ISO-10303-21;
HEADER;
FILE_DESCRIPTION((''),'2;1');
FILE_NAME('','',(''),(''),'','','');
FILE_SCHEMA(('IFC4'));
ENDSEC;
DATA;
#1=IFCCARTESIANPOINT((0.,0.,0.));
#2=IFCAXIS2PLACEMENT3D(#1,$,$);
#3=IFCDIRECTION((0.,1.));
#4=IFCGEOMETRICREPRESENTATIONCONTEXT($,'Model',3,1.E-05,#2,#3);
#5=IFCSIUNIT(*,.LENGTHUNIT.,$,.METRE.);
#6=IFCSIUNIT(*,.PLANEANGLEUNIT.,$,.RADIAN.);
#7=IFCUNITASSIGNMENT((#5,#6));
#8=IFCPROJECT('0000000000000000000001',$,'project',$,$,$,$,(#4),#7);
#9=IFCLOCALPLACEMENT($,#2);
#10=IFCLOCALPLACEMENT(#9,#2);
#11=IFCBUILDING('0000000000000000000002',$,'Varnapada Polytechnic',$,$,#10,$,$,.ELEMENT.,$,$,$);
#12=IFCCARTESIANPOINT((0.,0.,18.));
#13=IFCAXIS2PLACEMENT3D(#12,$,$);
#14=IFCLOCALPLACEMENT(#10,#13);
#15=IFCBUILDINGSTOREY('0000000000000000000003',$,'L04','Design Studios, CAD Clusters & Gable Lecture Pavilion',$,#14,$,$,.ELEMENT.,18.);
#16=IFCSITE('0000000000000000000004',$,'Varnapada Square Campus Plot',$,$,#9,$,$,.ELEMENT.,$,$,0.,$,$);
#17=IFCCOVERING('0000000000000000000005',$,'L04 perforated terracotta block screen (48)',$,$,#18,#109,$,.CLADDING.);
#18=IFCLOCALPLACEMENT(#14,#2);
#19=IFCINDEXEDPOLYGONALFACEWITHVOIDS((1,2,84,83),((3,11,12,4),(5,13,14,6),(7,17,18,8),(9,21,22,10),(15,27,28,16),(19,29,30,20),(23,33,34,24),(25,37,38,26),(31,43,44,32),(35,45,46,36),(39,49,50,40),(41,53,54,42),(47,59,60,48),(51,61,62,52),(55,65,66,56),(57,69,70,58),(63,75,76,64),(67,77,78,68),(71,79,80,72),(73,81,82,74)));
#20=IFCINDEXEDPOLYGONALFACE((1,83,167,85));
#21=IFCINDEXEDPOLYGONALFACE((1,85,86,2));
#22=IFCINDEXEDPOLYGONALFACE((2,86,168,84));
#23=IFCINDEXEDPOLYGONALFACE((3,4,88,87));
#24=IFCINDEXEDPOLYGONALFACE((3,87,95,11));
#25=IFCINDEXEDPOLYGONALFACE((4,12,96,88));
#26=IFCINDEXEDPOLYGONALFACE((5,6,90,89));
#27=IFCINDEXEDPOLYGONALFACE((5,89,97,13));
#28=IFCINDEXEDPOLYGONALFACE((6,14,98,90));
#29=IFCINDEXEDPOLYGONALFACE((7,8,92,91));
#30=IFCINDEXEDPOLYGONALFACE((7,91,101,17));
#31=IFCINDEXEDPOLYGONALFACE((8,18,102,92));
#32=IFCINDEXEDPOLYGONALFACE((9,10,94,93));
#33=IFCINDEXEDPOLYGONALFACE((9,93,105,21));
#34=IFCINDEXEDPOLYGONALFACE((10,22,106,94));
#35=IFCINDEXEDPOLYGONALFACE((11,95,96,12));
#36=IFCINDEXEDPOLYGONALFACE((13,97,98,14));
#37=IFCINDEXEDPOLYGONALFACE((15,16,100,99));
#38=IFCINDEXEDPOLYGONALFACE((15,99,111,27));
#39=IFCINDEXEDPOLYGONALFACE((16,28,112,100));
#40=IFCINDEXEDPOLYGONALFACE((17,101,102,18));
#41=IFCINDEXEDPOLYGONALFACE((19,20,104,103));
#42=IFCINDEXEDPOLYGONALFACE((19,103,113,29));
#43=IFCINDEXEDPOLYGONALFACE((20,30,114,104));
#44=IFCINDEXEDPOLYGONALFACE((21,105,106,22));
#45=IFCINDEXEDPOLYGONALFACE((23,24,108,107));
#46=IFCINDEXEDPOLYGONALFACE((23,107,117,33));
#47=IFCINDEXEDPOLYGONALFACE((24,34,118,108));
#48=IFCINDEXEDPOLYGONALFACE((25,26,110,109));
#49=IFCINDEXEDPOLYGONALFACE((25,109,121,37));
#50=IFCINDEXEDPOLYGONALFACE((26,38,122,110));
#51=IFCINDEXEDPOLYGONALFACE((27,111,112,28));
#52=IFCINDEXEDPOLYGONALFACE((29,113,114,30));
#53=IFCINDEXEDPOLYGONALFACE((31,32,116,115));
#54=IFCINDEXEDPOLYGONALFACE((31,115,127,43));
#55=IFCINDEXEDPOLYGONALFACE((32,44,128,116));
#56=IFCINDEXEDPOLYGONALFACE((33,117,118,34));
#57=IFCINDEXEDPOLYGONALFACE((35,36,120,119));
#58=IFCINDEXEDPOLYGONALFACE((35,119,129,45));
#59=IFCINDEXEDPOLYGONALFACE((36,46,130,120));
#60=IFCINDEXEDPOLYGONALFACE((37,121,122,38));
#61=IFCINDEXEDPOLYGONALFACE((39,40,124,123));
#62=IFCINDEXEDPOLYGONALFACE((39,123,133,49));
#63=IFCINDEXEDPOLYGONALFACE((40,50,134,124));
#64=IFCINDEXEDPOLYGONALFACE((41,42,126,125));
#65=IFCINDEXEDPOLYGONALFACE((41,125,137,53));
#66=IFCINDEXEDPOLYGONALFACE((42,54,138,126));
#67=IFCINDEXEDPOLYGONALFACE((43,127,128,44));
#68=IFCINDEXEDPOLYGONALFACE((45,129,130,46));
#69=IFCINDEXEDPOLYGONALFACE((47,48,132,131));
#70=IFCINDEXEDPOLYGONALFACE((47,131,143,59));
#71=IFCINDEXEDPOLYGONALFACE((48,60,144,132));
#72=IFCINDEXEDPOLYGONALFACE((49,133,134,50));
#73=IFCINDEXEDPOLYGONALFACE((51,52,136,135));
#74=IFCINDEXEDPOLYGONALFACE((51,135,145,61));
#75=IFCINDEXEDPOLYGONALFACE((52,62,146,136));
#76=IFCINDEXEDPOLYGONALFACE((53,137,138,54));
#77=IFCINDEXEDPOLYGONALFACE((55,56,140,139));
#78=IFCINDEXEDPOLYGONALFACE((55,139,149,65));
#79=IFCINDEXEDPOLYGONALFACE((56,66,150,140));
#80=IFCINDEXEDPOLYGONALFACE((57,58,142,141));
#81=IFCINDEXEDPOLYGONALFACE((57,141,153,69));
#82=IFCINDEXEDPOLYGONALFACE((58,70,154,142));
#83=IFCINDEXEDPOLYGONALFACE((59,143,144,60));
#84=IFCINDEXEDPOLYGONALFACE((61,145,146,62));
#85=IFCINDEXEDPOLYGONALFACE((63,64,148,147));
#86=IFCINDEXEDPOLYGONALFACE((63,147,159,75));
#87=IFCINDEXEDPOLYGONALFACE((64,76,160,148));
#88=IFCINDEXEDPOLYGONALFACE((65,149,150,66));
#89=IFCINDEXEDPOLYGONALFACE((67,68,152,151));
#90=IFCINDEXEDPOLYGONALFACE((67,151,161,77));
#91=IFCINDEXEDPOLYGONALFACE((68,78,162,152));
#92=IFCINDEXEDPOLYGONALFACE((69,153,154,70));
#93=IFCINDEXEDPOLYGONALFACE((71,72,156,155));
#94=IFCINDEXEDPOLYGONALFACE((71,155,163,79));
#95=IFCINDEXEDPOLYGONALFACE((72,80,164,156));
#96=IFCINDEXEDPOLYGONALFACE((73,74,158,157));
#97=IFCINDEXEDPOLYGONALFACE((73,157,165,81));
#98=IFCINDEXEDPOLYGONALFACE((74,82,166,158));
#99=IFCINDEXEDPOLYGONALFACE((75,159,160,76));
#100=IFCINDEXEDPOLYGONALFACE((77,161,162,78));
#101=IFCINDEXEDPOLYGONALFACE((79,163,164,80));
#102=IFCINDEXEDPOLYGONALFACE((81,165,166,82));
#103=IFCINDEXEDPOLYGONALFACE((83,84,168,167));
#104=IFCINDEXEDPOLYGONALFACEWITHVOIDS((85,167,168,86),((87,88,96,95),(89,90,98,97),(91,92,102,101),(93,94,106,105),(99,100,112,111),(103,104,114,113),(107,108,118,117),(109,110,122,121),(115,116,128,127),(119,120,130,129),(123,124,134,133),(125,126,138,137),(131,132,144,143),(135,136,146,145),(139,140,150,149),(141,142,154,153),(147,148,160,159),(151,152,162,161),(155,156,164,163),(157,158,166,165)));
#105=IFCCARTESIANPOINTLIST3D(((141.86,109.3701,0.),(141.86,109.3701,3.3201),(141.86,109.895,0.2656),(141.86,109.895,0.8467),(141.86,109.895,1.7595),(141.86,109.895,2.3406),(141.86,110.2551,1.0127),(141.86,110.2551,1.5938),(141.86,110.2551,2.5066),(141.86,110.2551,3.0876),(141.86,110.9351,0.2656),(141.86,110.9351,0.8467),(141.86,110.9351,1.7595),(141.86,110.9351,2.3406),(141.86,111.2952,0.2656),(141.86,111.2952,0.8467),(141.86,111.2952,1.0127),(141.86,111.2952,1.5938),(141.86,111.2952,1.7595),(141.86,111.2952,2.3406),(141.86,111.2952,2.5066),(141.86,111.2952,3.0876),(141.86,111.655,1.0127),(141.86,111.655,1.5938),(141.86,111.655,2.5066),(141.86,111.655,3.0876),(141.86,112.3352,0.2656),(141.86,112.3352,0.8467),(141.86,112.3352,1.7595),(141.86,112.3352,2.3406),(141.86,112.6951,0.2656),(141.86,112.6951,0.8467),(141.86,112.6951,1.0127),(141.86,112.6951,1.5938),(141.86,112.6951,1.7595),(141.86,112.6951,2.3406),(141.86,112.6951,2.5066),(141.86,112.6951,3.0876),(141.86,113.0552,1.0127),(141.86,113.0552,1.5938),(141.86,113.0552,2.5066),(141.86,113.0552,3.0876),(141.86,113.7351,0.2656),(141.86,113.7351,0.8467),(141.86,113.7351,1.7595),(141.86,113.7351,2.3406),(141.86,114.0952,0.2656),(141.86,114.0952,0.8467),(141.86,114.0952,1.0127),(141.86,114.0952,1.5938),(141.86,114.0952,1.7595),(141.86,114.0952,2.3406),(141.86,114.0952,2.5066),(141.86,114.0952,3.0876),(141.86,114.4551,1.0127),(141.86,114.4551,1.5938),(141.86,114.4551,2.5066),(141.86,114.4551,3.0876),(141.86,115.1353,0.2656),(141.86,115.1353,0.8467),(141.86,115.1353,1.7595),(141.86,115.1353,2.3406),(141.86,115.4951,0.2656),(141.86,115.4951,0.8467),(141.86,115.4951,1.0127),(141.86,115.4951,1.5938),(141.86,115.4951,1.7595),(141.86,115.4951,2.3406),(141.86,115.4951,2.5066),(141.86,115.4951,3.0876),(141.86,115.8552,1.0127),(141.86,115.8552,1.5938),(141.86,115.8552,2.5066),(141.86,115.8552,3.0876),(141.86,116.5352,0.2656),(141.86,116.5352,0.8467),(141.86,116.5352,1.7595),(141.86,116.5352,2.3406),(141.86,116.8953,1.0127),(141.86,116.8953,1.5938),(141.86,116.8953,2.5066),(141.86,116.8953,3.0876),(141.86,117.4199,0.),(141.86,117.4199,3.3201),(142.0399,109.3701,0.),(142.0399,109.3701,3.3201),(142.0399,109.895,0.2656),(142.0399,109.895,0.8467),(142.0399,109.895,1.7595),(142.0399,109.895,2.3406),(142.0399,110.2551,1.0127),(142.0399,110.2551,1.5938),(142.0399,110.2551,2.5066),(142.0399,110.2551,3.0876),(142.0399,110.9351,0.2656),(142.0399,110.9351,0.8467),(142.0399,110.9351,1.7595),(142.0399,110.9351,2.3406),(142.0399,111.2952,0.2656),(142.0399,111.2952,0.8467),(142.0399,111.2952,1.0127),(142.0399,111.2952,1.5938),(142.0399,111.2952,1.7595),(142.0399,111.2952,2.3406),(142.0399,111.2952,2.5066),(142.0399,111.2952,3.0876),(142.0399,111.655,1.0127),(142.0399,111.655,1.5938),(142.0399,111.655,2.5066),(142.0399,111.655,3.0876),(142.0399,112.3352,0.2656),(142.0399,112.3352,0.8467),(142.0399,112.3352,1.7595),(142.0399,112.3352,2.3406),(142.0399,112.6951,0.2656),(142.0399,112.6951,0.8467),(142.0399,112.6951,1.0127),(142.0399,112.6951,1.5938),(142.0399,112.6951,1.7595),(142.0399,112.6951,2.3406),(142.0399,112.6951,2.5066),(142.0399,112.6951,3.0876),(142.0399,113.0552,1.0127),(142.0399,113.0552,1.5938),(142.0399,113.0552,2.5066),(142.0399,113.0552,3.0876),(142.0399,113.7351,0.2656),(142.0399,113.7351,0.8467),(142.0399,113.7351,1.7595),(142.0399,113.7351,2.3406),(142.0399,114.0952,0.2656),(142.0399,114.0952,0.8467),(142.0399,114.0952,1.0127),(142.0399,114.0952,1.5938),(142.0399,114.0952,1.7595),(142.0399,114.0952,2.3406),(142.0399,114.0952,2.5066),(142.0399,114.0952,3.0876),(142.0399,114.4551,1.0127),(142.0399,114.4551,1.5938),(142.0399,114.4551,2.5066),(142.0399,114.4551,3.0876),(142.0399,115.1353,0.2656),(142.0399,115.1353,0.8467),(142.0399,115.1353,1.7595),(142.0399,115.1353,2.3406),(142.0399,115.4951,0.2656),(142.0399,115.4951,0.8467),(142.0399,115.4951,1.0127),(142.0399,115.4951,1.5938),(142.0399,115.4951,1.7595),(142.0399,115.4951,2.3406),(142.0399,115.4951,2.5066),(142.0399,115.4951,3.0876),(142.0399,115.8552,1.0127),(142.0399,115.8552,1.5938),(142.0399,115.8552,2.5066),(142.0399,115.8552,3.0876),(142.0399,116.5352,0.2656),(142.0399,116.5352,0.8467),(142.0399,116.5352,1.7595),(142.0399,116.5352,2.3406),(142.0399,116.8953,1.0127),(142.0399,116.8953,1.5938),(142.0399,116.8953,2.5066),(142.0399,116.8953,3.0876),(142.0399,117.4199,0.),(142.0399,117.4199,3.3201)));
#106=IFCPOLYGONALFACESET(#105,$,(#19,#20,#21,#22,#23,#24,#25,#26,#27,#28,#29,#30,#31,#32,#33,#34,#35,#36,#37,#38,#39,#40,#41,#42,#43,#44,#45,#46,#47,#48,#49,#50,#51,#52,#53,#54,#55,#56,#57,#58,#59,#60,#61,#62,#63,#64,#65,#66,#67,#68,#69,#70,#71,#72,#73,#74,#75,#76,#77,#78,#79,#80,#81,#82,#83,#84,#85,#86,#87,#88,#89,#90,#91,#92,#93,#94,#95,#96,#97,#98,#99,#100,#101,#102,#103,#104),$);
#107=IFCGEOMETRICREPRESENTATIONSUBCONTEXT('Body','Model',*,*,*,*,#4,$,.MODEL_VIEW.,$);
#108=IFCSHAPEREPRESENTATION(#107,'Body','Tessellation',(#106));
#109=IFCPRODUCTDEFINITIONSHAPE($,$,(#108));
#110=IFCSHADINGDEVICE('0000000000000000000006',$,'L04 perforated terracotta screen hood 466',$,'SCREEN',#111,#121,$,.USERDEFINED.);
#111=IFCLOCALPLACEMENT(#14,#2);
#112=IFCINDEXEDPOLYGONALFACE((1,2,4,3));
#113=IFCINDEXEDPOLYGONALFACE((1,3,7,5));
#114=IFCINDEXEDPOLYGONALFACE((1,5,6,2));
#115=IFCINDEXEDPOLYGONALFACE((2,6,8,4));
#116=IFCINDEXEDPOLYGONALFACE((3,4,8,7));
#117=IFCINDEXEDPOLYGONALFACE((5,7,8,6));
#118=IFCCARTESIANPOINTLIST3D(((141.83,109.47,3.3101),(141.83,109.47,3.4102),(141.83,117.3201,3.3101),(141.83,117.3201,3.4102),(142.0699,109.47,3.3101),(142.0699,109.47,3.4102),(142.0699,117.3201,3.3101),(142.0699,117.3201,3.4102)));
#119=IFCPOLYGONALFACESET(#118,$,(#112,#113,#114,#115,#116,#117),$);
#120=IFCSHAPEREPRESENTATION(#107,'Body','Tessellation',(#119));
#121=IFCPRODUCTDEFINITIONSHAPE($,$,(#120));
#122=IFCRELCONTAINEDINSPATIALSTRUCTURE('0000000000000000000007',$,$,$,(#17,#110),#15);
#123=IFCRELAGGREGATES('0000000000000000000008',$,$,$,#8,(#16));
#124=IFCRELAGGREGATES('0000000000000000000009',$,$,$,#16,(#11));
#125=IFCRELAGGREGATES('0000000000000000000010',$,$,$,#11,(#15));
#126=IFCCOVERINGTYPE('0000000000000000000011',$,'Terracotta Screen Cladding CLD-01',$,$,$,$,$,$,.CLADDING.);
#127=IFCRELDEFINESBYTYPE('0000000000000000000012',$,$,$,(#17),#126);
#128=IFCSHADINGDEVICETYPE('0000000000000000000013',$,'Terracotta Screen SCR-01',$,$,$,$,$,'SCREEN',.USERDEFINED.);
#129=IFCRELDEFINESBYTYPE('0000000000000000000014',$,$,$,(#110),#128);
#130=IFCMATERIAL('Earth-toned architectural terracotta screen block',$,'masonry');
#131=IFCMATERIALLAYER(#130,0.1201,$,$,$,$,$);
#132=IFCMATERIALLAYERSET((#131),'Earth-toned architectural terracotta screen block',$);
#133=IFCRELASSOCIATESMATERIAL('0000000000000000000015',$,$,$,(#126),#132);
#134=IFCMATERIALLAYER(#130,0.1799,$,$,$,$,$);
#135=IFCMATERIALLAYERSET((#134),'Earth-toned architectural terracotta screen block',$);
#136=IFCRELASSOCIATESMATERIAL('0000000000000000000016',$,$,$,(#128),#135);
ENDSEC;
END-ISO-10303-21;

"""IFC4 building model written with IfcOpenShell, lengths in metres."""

from ifc_helpers import new_model, si_unit, direction, frame, frame_2d, origin, origin_2d, place, context, subcontext, project, spatial, rectangle, extrude, material, layer, layer_set, type_object, element, save


model = new_model("IFC4")

# Units and contexts
model_context = context("Model", 3, precision=1e-05, world=origin(), true_north=direction((0.0, 1.0)))
body_context = subcontext(model_context, "Body", "Model", "MODEL_VIEW")
ifc_project = project(units=[si_unit("LENGTHUNIT", "METRE"), si_unit("PLANEANGLEUNIT", "RADIAN")], contexts=[model_context])

# Site, building, storey
site_placement = place(None, origin())
site = spatial("IfcSite", under=ifc_project, at=site_placement, Name="Varnapada Square Campus Plot", CompositionType="ELEMENT", RefElevation=0.0)
building_placement = place(site_placement, origin())
building = spatial("IfcBuilding", under=site, at=building_placement, Name="Varnapada Polytechnic", CompositionType="ELEMENT")
storey_placement = place(building_placement, frame((0.0, 0.0, 18.0)))
storey = spatial("IfcBuildingStorey", under=building, at=storey_placement, Name="L04", Description="Design Studios, CAD Clusters & Gable Lecture Pavilion", CompositionType="ELEMENT", Elevation=18.0)

# Covering, openings
ifc_material_1 = material(Name="Earth-toned architectural terracotta screen block", Category="masonry")
ifc_layer_1 = layer(ifc_material_1, 0.1201)
ifc_layer_set_1 = layer_set([ifc_layer_1], Name="Earth-toned architectural terracotta screen block")
covering_type = type_object("IfcCoveringType", Name="Terracotta Screen Cladding CLD-01", PredefinedType="CLADDING", material=ifc_layer_set_1)
covering_placement = place(storey_placement, frame((141.95, 109.3701, 0.0), z_axis=(0.0, 0.0, 1.0), x_axis=(0.0, 1.0, 0.0)))
covering = element("IfcCovering", 1, at=covering_placement, inside=storey, type_object=covering_type, Name="L04 perforated terracotta block screen (48)", PredefinedType="CLADDING", context=body_context, shape_type="SweptSolid", body=[
    extrude(rectangle(XDim=8.0498, YDim=0.1799, at=frame_2d((4.0249, 0.0))), origin(), (0.0, 0.0, 1.0), 3.3201),
])
opening_1_placement = place(covering_placement, frame((0.5249, 0.0, 0.2656)))
element("IfcOpeningElement", 2, at=opening_1_placement, cuts=covering, PredefinedType="OPENING", context=body_context, shape_type="SweptSolid", body=[
    extrude(rectangle(XDim=1.04, YDim=0.5811, at=frame_2d((0.52, 0.2905))), frame((0.0, 0.0999, 0.0), z_axis=(0.0, -1.0, 0.0), x_axis=(1.0, 0.0, 0.0)), (0.0, 0.0, 1.0), 0.2),
])
opening_2_placement = place(covering_placement, frame((1.925, 0.0, 0.2656)))
element("IfcOpeningElement", 3, at=opening_2_placement, cuts=covering, PredefinedType="OPENING", context=body_context, shape_type="SweptSolid", body=[
    extrude(rectangle(XDim=1.04, YDim=0.5811, at=frame_2d((0.52, 0.2905))), frame((0.0, 0.0999, 0.0), z_axis=(0.0, -1.0, 0.0), x_axis=(1.0, 0.0, 0.0)), (0.0, 0.0, 1.0), 0.2),
])
opening_3_placement = place(covering_placement, frame((3.325, 0.0, 0.2656)))
element("IfcOpeningElement", 4, at=opening_3_placement, cuts=covering, PredefinedType="OPENING", context=body_context, shape_type="SweptSolid", body=[
    extrude(rectangle(XDim=1.04, YDim=0.5811, at=frame_2d((0.52, 0.2905))), frame((0.0, 0.0999, 0.0), z_axis=(0.0, -1.0, 0.0), x_axis=(1.0, 0.0, 0.0)), (0.0, 0.0, 1.0), 0.2),
])
opening_4_placement = place(covering_placement, frame((4.7251, 0.0, 0.2656)))
element("IfcOpeningElement", 5, at=opening_4_placement, cuts=covering, PredefinedType="OPENING", context=body_context, shape_type="SweptSolid", body=[
    extrude(rectangle(XDim=1.04, YDim=0.5811, at=frame_2d((0.52, 0.2905))), frame((0.0, 0.0999, 0.0), z_axis=(0.0, -1.0, 0.0), x_axis=(1.0, 0.0, 0.0)), (0.0, 0.0, 1.0), 0.2),
])
opening_5_placement = place(covering_placement, frame((6.125, 0.0, 0.2656)))
element("IfcOpeningElement", 6, at=opening_5_placement, cuts=covering, PredefinedType="OPENING", context=body_context, shape_type="SweptSolid", body=[
    extrude(rectangle(XDim=1.04, YDim=0.5811, at=frame_2d((0.52, 0.2905))), frame((0.0, 0.0999, 0.0), z_axis=(0.0, -1.0, 0.0), x_axis=(1.0, 0.0, 0.0)), (0.0, 0.0, 1.0), 0.2),
])
opening_6_placement = place(covering_placement, frame((0.885, 0.0, 1.0127)))
element("IfcOpeningElement", 7, at=opening_6_placement, cuts=covering, PredefinedType="OPENING", context=body_context, shape_type="SweptSolid", body=[
    extrude(rectangle(XDim=1.04, YDim=0.5811, at=frame_2d((0.52, 0.2905))), frame((0.0, 0.0999, 0.0), z_axis=(0.0, -1.0, 0.0), x_axis=(1.0, 0.0, 0.0)), (0.0, 0.0, 1.0), 0.2),
])
opening_7_placement = place(covering_placement, frame((2.2849, 0.0, 1.0127)))
element("IfcOpeningElement", 8, at=opening_7_placement, cuts=covering, PredefinedType="OPENING", context=body_context, shape_type="SweptSolid", body=[
    extrude(rectangle(XDim=1.04, YDim=0.5811, at=frame_2d((0.52, 0.2905))), frame((0.0, 0.0999, 0.0), z_axis=(0.0, -1.0, 0.0), x_axis=(1.0, 0.0, 0.0)), (0.0, 0.0, 1.0), 0.2),
])
opening_8_placement = place(covering_placement, frame((3.6851, 0.0, 1.0127)))
element("IfcOpeningElement", 9, at=opening_8_placement, cuts=covering, PredefinedType="OPENING", context=body_context, shape_type="SweptSolid", body=[
    extrude(rectangle(XDim=1.04, YDim=0.5811, at=frame_2d((0.52, 0.2905))), frame((0.0, 0.0999, 0.0), z_axis=(0.0, -1.0, 0.0), x_axis=(1.0, 0.0, 0.0)), (0.0, 0.0, 1.0), 0.2),
])
opening_9_placement = place(covering_placement, frame((5.085, 0.0, 1.0127)))
element("IfcOpeningElement", 10, at=opening_9_placement, cuts=covering, PredefinedType="OPENING", context=body_context, shape_type="SweptSolid", body=[
    extrude(rectangle(XDim=1.04, YDim=0.5811, at=frame_2d((0.52, 0.2905))), frame((0.0, 0.0999, 0.0), z_axis=(0.0, -1.0, 0.0), x_axis=(1.0, 0.0, 0.0)), (0.0, 0.0, 1.0), 0.2),
])
opening_10_placement = place(covering_placement, frame((6.4851, 0.0, 1.0127)))
element("IfcOpeningElement", 11, at=opening_10_placement, cuts=covering, PredefinedType="OPENING", context=body_context, shape_type="SweptSolid", body=[
    extrude(rectangle(XDim=1.04, YDim=0.5811, at=frame_2d((0.52, 0.2905))), frame((0.0, 0.0999, 0.0), z_axis=(0.0, -1.0, 0.0), x_axis=(1.0, 0.0, 0.0)), (0.0, 0.0, 1.0), 0.2),
])
opening_11_placement = place(covering_placement, frame((0.5249, 0.0, 1.7595)))
element("IfcOpeningElement", 12, at=opening_11_placement, cuts=covering, PredefinedType="OPENING", context=body_context, shape_type="SweptSolid", body=[
    extrude(rectangle(XDim=1.04, YDim=0.5811, at=frame_2d((0.52, 0.2905))), frame((0.0, 0.0999, 0.0), z_axis=(0.0, -1.0, 0.0), x_axis=(1.0, 0.0, 0.0)), (0.0, 0.0, 1.0), 0.2),
])
opening_12_placement = place(covering_placement, frame((1.925, 0.0, 1.7595)))
element("IfcOpeningElement", 13, at=opening_12_placement, cuts=covering, PredefinedType="OPENING", context=body_context, shape_type="SweptSolid", body=[
    extrude(rectangle(XDim=1.04, YDim=0.5811, at=frame_2d((0.52, 0.2905))), frame((0.0, 0.0999, 0.0), z_axis=(0.0, -1.0, 0.0), x_axis=(1.0, 0.0, 0.0)), (0.0, 0.0, 1.0), 0.2),
])
opening_13_placement = place(covering_placement, frame((3.325, 0.0, 1.7595)))
element("IfcOpeningElement", 14, at=opening_13_placement, cuts=covering, PredefinedType="OPENING", context=body_context, shape_type="SweptSolid", body=[
    extrude(rectangle(XDim=1.04, YDim=0.5811, at=frame_2d((0.52, 0.2905))), frame((0.0, 0.0999, 0.0), z_axis=(0.0, -1.0, 0.0), x_axis=(1.0, 0.0, 0.0)), (0.0, 0.0, 1.0), 0.2),
])
opening_14_placement = place(covering_placement, frame((4.7251, 0.0, 1.7595)))
element("IfcOpeningElement", 15, at=opening_14_placement, cuts=covering, PredefinedType="OPENING", context=body_context, shape_type="SweptSolid", body=[
    extrude(rectangle(XDim=1.04, YDim=0.5811, at=frame_2d((0.52, 0.2905))), frame((0.0, 0.0999, 0.0), z_axis=(0.0, -1.0, 0.0), x_axis=(1.0, 0.0, 0.0)), (0.0, 0.0, 1.0), 0.2),
])
opening_15_placement = place(covering_placement, frame((6.125, 0.0, 1.7595)))
element("IfcOpeningElement", 16, at=opening_15_placement, cuts=covering, PredefinedType="OPENING", context=body_context, shape_type="SweptSolid", body=[
    extrude(rectangle(XDim=1.04, YDim=0.5811, at=frame_2d((0.52, 0.2905))), frame((0.0, 0.0999, 0.0), z_axis=(0.0, -1.0, 0.0), x_axis=(1.0, 0.0, 0.0)), (0.0, 0.0, 1.0), 0.2),
])
opening_16_placement = place(covering_placement, frame((0.885, 0.0, 2.5066)))
element("IfcOpeningElement", 17, at=opening_16_placement, cuts=covering, PredefinedType="OPENING", context=body_context, shape_type="SweptSolid", body=[
    extrude(rectangle(XDim=1.04, YDim=0.5811, at=frame_2d((0.52, 0.2905))), frame((0.0, 0.0999, 0.0), z_axis=(0.0, -1.0, 0.0), x_axis=(1.0, 0.0, 0.0)), (0.0, 0.0, 1.0), 0.2),
])
opening_17_placement = place(covering_placement, frame((2.2849, 0.0, 2.5066)))
element("IfcOpeningElement", 18, at=opening_17_placement, cuts=covering, PredefinedType="OPENING", context=body_context, shape_type="SweptSolid", body=[
    extrude(rectangle(XDim=1.04, YDim=0.5811, at=frame_2d((0.52, 0.2905))), frame((0.0, 0.0999, 0.0), z_axis=(0.0, -1.0, 0.0), x_axis=(1.0, 0.0, 0.0)), (0.0, 0.0, 1.0), 0.2),
])
opening_18_placement = place(covering_placement, frame((3.6851, 0.0, 2.5066)))
element("IfcOpeningElement", 19, at=opening_18_placement, cuts=covering, PredefinedType="OPENING", context=body_context, shape_type="SweptSolid", body=[
    extrude(rectangle(XDim=1.04, YDim=0.5811, at=frame_2d((0.52, 0.2905))), frame((0.0, 0.0999, 0.0), z_axis=(0.0, -1.0, 0.0), x_axis=(1.0, 0.0, 0.0)), (0.0, 0.0, 1.0), 0.2),
])
opening_19_placement = place(covering_placement, frame((5.085, 0.0, 2.5066)))
element("IfcOpeningElement", 20, at=opening_19_placement, cuts=covering, PredefinedType="OPENING", context=body_context, shape_type="SweptSolid", body=[
    extrude(rectangle(XDim=1.04, YDim=0.5811, at=frame_2d((0.52, 0.2905))), frame((0.0, 0.0999, 0.0), z_axis=(0.0, -1.0, 0.0), x_axis=(1.0, 0.0, 0.0)), (0.0, 0.0, 1.0), 0.2),
])
opening_20_placement = place(covering_placement, frame((6.4851, 0.0, 2.5066)))
element("IfcOpeningElement", 21, at=opening_20_placement, cuts=covering, PredefinedType="OPENING", context=body_context, shape_type="SweptSolid", body=[
    extrude(rectangle(XDim=1.04, YDim=0.5811, at=frame_2d((0.52, 0.2905))), frame((0.0, 0.0999, 0.0), z_axis=(0.0, -1.0, 0.0), x_axis=(1.0, 0.0, 0.0)), (0.0, 0.0, 1.0), 0.2),
])

# Shading device
ifc_layer_2 = layer(ifc_material_1, 0.1799)
ifc_layer_set_2 = layer_set([ifc_layer_2], Name="Earth-toned architectural terracotta screen block")
shading_device_type = type_object("IfcShadingDeviceType", Name="Terracotta Screen SCR-01", ElementType="SCREEN", PredefinedType="USERDEFINED", material=ifc_layer_set_2)
shading_device_placement = place(storey_placement, frame((141.95, 113.395, 3.3101), z_axis=(0.0, 0.0, 1.0), x_axis=(0.0, 1.0, 0.0)))
element("IfcShadingDevice", 22, at=shading_device_placement, inside=storey, type_object=shading_device_type, Name="L04 perforated terracotta screen hood 466", ObjectType="SCREEN", PredefinedType="USERDEFINED", context=body_context, shape_type="SweptSolid", body=[
    extrude(rectangle(XDim=7.8501, YDim=0.24, at=origin_2d()), origin(), (0.0, 0.0, 1.0), 0.1001),
])

save(model, "model.ifc")
